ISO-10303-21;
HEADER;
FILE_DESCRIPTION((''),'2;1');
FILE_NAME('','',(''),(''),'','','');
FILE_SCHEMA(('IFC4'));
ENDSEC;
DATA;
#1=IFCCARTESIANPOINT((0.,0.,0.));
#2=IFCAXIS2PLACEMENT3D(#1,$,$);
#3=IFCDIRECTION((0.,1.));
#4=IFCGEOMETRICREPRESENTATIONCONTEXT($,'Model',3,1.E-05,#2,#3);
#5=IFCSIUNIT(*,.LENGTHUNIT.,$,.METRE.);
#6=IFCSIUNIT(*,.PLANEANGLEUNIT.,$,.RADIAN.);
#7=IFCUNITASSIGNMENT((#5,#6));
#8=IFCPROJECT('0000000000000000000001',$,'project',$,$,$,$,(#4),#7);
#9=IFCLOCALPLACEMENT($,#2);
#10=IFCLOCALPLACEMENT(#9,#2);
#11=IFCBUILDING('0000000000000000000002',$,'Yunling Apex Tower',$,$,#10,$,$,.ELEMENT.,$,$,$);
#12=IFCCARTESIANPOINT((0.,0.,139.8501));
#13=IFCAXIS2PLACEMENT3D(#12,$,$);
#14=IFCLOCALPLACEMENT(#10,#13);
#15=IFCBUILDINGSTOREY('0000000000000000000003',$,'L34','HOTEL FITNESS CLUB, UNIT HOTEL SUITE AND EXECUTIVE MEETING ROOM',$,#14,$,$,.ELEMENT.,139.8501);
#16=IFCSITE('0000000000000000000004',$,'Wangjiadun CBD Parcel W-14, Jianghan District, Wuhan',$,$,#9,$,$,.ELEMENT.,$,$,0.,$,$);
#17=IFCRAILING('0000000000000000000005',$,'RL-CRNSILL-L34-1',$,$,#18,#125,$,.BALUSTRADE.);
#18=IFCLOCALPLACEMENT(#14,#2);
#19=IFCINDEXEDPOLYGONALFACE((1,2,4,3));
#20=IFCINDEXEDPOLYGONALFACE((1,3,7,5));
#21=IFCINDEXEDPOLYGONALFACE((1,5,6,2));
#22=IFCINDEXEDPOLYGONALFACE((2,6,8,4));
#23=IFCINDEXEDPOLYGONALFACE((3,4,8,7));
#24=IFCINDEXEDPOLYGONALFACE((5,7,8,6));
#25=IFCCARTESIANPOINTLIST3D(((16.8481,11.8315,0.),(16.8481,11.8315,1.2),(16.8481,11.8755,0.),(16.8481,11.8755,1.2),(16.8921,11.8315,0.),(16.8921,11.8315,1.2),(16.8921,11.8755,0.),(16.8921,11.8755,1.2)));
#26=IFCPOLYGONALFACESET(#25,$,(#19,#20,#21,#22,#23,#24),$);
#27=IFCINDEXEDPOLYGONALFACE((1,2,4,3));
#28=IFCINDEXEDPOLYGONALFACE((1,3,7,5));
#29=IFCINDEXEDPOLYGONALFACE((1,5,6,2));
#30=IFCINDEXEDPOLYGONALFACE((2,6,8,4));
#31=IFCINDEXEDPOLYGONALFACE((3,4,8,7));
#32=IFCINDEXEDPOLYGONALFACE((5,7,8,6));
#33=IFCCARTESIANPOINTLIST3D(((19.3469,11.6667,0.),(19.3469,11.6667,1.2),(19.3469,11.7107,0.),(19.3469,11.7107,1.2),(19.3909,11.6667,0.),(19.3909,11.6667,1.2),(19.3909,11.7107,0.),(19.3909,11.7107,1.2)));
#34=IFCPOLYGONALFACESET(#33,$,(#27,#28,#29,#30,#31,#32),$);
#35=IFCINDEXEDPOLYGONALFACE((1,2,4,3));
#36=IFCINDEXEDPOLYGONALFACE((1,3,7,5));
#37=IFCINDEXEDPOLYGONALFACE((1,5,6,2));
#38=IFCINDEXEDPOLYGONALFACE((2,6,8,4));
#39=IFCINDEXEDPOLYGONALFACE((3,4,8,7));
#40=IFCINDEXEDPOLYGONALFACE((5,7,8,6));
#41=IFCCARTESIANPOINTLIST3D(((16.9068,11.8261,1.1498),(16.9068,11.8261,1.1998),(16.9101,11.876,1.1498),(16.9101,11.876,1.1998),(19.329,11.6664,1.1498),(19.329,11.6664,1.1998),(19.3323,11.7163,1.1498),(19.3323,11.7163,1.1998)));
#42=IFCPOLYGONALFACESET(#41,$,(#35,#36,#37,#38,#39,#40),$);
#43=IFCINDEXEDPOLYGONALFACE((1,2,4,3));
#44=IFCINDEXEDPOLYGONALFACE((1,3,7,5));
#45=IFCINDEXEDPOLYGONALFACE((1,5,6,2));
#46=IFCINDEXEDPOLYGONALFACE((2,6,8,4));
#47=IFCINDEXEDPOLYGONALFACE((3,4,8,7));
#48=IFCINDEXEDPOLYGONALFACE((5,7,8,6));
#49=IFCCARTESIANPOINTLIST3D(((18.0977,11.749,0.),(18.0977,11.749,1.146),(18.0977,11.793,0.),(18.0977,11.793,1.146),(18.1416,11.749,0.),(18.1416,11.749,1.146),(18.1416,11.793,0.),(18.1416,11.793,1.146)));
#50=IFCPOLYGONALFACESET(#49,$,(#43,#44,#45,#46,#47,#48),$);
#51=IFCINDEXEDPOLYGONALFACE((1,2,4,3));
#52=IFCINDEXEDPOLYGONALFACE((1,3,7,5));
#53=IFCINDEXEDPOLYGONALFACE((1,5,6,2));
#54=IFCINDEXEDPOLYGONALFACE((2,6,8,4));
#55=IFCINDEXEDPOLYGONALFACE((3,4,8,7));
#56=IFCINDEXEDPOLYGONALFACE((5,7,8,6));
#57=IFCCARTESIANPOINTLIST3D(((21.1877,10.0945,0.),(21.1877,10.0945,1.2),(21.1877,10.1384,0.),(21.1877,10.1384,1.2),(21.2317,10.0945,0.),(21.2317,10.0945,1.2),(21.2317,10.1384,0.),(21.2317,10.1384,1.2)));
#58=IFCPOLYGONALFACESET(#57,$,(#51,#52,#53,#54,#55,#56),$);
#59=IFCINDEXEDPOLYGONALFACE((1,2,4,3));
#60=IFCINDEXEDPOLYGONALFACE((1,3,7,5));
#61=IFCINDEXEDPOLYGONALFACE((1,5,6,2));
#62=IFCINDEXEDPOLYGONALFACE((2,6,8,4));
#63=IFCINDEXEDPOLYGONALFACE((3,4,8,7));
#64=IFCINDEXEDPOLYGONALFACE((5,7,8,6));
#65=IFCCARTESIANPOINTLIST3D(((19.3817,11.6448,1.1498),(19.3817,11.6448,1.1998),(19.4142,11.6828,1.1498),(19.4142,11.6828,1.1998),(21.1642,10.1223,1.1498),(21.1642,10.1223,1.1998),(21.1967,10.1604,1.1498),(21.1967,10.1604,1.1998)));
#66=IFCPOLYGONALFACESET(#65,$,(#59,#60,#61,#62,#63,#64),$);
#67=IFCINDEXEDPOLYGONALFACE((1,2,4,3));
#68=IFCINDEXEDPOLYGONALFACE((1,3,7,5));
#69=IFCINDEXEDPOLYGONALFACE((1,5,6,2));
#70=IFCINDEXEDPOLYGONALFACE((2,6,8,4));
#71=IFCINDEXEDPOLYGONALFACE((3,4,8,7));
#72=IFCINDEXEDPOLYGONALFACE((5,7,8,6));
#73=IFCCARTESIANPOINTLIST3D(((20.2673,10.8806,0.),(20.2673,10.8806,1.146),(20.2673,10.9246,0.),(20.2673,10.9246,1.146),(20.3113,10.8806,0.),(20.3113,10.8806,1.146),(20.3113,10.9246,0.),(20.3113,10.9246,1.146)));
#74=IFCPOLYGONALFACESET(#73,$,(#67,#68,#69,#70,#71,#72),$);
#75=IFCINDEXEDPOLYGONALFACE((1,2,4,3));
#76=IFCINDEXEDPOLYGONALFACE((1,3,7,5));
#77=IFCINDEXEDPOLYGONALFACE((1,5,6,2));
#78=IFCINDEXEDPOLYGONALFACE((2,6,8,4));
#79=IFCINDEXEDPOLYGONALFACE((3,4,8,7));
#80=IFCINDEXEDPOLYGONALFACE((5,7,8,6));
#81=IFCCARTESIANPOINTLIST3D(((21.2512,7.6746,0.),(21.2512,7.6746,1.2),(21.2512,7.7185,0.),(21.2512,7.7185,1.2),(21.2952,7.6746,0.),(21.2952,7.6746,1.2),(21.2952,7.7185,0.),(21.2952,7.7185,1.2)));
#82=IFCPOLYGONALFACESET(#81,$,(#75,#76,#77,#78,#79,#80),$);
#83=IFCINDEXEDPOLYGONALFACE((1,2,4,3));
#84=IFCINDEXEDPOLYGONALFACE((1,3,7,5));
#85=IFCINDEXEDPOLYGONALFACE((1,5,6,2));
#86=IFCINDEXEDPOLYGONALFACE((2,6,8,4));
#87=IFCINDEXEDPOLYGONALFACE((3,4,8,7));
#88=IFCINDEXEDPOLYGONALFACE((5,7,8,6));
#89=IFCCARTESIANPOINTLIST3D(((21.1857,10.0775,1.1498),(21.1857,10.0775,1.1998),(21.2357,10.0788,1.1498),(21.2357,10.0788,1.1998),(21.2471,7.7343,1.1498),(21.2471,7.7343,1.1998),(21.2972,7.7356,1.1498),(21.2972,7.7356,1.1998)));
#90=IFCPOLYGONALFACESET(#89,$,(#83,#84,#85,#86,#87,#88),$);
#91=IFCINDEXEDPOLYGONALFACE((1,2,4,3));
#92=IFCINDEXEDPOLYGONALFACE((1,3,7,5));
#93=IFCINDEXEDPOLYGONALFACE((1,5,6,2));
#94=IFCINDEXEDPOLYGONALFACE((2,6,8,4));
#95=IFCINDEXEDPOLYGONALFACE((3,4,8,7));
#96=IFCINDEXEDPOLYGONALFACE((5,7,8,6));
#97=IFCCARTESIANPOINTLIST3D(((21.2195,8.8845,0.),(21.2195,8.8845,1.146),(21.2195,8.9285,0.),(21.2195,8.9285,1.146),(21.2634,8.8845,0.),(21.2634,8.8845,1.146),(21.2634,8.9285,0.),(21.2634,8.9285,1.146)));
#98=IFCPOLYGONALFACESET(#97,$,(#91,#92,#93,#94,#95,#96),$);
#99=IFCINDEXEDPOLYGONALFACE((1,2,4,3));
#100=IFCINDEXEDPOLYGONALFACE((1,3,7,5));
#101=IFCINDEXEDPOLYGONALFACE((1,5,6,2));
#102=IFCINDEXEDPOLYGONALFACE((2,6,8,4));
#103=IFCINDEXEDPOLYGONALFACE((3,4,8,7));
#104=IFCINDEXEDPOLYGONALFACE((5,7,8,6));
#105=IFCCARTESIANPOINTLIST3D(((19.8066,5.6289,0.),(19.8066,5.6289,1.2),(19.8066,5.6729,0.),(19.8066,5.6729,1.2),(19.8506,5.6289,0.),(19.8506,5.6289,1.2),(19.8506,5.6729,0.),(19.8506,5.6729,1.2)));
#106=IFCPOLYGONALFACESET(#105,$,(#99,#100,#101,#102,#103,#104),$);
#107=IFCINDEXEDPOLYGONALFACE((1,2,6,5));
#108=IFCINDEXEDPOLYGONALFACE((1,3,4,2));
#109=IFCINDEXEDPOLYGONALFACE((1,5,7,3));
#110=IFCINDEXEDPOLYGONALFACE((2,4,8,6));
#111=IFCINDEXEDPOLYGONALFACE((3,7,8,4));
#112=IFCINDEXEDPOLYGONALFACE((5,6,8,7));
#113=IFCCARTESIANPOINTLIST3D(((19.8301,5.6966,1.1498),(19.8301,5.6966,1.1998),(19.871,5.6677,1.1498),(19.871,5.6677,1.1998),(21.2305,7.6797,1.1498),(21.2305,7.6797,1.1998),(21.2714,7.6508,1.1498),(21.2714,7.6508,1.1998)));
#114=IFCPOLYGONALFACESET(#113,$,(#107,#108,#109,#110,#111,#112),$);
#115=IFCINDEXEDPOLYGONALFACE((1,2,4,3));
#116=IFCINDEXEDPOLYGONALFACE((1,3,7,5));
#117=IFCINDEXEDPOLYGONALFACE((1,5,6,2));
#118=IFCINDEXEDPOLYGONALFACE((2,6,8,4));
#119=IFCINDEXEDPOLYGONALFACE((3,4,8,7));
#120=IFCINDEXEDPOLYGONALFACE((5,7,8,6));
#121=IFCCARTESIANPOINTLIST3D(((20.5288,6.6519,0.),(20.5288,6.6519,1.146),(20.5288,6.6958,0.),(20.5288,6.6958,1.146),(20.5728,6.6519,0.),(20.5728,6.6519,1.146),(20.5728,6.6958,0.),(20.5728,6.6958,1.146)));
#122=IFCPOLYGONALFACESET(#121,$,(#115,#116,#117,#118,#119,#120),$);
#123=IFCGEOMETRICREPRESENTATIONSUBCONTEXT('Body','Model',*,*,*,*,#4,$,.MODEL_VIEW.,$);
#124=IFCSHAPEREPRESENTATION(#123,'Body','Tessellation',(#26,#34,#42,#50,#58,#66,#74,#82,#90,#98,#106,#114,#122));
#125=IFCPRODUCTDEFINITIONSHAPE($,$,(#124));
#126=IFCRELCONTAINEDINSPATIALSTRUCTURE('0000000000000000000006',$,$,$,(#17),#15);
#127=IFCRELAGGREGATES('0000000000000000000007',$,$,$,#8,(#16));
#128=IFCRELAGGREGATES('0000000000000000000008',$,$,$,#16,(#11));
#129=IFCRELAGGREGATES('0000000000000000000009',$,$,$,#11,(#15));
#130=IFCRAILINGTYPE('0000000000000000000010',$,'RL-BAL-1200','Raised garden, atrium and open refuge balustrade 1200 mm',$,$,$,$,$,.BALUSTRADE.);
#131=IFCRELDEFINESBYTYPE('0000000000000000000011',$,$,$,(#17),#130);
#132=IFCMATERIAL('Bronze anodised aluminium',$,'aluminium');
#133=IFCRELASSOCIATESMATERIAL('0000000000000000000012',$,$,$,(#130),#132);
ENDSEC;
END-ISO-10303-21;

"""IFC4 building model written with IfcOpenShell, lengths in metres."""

from ifc_helpers import new_model, si_unit, direction, frame, origin, origin_2d, place, context, subcontext, project, spatial, rectangle, extrude, material, type_object, element, save


model = new_model("IFC4")

# Units and contexts
model_context = context("Model", 3, precision=1e-05, world=origin(), true_north=direction((0.0, 1.0)))
body_context = subcontext(model_context, "Body", "Model", "MODEL_VIEW")
ifc_project = project(units=[si_unit("LENGTHUNIT", "METRE"), si_unit("PLANEANGLEUNIT", "RADIAN")], contexts=[model_context])

# Site, building, storey
site_placement = place(None, origin())
site = spatial("IfcSite", under=ifc_project, at=site_placement, Name="Wangjiadun CBD Parcel W-14, Jianghan District, Wuhan", CompositionType="ELEMENT", RefElevation=0.0)
building_placement = place(site_placement, origin())
building = spatial("IfcBuilding", under=site, at=building_placement, Name="Yunling Apex Tower", CompositionType="ELEMENT")
storey_placement = place(building_placement, frame((0.0, 0.0, 139.8501)))
storey = spatial("IfcBuildingStorey", under=building, at=storey_placement, Name="L34", Description="HOTEL FITNESS CLUB, UNIT HOTEL SUITE AND EXECUTIVE MEETING ROOM", CompositionType="ELEMENT", Elevation=139.8501)

# Shared definitions
ifc_material_1 = material(Name="Bronze anodised aluminium", Category="aluminium")

# Railing
railing_type = type_object("IfcRailingType", Name="RL-BAL-1200", Description="Raised garden, atrium and open refuge balustrade 1200 mm", PredefinedType="BALUSTRADE", material=ifc_material_1)
railing_1_placement = place(storey_placement, frame((16.8701, 11.8535, 0.0)))
element("IfcRailing", 1, at=railing_1_placement, inside=storey, type_object=railing_type, Name="RL-CRNSILL-L34-1", PredefinedType="BALUSTRADE", context=body_context, shape_type="SweptSolid", body=[
    extrude(rectangle(XDim=0.0439, YDim=0.0439, at=origin_2d()), origin(), (0.0, 0.0, 1.0), 1.2),
    extrude(rectangle(XDim=0.0439, YDim=0.0439, at=origin_2d()), frame((2.4988, -0.1648, 0.0)), (0.0, 0.0, 1.0), 1.2),
    extrude(rectangle(XDim=0.05, YDim=0.05, at=origin_2d()), frame((0.0383, -0.0024, 1.1748), z_axis=(0.997832, -0.065807, 0.0), x_axis=(0.065807, 0.997832, 0.0)), (0.0, 0.0, 1.0), 2.4275),
    extrude(rectangle(XDim=0.0439, YDim=0.0439, at=origin_2d()), frame((1.2495, -0.0825, 0.0)), (0.0, 0.0, 1.0), 1.146),
    extrude(rectangle(XDim=0.0439, YDim=0.0439, at=origin_2d()), frame((4.3396, -1.7371, 0.0)), (0.0, 0.0, 1.0), 1.2),
    extrude(rectangle(XDim=0.05, YDim=0.05, at=origin_2d()), frame((2.5278, -0.1897, 1.1748), z_axis=(0.760394, -0.649462, 0.0), x_axis=(0.649462, 0.760394, 0.0)), (0.0, 0.0, 1.0), 2.3442),
    extrude(rectangle(XDim=0.0439, YDim=0.0439, at=origin_2d()), frame((3.4192, -0.9509, 0.0)), (0.0, 0.0, 1.0), 1.146),
    extrude(rectangle(XDim=0.0439, YDim=0.0439, at=origin_2d()), frame((4.4031, -4.157, 0.0)), (0.0, 0.0, 1.0), 1.2),
    extrude(rectangle(XDim=0.05, YDim=0.05, at=origin_2d()), frame((4.3406, -1.7754, 1.1748), z_axis=(0.026222, -0.999656, 0.0), x_axis=(0.999656, 0.026222, 0.0)), (0.0, 0.0, 1.0), 2.344),
    extrude(rectangle(XDim=0.0439, YDim=0.0439, at=origin_2d()), frame((4.3713, -2.947, 0.0)), (0.0, 0.0, 1.0), 1.146),
    extrude(rectangle(XDim=0.0439, YDim=0.0439, at=origin_2d()), frame((2.9585, -6.2026, 0.0)), (0.0, 0.0, 1.0), 1.2),
    extrude(rectangle(XDim=0.05, YDim=0.05, at=origin_2d()), frame((4.3809, -4.1882, 1.1748), z_axis=(-0.57684, -0.816857, 0.0), x_axis=(0.816857, -0.57684, 0.0)), (0.0, 0.0, 1.0), 2.4277),
    extrude(rectangle(XDim=0.0439, YDim=0.0439, at=origin_2d()), frame((3.6807, -5.1797, 0.0)), (0.0, 0.0, 1.0), 1.146),
])

save(model, "model.ifc")
